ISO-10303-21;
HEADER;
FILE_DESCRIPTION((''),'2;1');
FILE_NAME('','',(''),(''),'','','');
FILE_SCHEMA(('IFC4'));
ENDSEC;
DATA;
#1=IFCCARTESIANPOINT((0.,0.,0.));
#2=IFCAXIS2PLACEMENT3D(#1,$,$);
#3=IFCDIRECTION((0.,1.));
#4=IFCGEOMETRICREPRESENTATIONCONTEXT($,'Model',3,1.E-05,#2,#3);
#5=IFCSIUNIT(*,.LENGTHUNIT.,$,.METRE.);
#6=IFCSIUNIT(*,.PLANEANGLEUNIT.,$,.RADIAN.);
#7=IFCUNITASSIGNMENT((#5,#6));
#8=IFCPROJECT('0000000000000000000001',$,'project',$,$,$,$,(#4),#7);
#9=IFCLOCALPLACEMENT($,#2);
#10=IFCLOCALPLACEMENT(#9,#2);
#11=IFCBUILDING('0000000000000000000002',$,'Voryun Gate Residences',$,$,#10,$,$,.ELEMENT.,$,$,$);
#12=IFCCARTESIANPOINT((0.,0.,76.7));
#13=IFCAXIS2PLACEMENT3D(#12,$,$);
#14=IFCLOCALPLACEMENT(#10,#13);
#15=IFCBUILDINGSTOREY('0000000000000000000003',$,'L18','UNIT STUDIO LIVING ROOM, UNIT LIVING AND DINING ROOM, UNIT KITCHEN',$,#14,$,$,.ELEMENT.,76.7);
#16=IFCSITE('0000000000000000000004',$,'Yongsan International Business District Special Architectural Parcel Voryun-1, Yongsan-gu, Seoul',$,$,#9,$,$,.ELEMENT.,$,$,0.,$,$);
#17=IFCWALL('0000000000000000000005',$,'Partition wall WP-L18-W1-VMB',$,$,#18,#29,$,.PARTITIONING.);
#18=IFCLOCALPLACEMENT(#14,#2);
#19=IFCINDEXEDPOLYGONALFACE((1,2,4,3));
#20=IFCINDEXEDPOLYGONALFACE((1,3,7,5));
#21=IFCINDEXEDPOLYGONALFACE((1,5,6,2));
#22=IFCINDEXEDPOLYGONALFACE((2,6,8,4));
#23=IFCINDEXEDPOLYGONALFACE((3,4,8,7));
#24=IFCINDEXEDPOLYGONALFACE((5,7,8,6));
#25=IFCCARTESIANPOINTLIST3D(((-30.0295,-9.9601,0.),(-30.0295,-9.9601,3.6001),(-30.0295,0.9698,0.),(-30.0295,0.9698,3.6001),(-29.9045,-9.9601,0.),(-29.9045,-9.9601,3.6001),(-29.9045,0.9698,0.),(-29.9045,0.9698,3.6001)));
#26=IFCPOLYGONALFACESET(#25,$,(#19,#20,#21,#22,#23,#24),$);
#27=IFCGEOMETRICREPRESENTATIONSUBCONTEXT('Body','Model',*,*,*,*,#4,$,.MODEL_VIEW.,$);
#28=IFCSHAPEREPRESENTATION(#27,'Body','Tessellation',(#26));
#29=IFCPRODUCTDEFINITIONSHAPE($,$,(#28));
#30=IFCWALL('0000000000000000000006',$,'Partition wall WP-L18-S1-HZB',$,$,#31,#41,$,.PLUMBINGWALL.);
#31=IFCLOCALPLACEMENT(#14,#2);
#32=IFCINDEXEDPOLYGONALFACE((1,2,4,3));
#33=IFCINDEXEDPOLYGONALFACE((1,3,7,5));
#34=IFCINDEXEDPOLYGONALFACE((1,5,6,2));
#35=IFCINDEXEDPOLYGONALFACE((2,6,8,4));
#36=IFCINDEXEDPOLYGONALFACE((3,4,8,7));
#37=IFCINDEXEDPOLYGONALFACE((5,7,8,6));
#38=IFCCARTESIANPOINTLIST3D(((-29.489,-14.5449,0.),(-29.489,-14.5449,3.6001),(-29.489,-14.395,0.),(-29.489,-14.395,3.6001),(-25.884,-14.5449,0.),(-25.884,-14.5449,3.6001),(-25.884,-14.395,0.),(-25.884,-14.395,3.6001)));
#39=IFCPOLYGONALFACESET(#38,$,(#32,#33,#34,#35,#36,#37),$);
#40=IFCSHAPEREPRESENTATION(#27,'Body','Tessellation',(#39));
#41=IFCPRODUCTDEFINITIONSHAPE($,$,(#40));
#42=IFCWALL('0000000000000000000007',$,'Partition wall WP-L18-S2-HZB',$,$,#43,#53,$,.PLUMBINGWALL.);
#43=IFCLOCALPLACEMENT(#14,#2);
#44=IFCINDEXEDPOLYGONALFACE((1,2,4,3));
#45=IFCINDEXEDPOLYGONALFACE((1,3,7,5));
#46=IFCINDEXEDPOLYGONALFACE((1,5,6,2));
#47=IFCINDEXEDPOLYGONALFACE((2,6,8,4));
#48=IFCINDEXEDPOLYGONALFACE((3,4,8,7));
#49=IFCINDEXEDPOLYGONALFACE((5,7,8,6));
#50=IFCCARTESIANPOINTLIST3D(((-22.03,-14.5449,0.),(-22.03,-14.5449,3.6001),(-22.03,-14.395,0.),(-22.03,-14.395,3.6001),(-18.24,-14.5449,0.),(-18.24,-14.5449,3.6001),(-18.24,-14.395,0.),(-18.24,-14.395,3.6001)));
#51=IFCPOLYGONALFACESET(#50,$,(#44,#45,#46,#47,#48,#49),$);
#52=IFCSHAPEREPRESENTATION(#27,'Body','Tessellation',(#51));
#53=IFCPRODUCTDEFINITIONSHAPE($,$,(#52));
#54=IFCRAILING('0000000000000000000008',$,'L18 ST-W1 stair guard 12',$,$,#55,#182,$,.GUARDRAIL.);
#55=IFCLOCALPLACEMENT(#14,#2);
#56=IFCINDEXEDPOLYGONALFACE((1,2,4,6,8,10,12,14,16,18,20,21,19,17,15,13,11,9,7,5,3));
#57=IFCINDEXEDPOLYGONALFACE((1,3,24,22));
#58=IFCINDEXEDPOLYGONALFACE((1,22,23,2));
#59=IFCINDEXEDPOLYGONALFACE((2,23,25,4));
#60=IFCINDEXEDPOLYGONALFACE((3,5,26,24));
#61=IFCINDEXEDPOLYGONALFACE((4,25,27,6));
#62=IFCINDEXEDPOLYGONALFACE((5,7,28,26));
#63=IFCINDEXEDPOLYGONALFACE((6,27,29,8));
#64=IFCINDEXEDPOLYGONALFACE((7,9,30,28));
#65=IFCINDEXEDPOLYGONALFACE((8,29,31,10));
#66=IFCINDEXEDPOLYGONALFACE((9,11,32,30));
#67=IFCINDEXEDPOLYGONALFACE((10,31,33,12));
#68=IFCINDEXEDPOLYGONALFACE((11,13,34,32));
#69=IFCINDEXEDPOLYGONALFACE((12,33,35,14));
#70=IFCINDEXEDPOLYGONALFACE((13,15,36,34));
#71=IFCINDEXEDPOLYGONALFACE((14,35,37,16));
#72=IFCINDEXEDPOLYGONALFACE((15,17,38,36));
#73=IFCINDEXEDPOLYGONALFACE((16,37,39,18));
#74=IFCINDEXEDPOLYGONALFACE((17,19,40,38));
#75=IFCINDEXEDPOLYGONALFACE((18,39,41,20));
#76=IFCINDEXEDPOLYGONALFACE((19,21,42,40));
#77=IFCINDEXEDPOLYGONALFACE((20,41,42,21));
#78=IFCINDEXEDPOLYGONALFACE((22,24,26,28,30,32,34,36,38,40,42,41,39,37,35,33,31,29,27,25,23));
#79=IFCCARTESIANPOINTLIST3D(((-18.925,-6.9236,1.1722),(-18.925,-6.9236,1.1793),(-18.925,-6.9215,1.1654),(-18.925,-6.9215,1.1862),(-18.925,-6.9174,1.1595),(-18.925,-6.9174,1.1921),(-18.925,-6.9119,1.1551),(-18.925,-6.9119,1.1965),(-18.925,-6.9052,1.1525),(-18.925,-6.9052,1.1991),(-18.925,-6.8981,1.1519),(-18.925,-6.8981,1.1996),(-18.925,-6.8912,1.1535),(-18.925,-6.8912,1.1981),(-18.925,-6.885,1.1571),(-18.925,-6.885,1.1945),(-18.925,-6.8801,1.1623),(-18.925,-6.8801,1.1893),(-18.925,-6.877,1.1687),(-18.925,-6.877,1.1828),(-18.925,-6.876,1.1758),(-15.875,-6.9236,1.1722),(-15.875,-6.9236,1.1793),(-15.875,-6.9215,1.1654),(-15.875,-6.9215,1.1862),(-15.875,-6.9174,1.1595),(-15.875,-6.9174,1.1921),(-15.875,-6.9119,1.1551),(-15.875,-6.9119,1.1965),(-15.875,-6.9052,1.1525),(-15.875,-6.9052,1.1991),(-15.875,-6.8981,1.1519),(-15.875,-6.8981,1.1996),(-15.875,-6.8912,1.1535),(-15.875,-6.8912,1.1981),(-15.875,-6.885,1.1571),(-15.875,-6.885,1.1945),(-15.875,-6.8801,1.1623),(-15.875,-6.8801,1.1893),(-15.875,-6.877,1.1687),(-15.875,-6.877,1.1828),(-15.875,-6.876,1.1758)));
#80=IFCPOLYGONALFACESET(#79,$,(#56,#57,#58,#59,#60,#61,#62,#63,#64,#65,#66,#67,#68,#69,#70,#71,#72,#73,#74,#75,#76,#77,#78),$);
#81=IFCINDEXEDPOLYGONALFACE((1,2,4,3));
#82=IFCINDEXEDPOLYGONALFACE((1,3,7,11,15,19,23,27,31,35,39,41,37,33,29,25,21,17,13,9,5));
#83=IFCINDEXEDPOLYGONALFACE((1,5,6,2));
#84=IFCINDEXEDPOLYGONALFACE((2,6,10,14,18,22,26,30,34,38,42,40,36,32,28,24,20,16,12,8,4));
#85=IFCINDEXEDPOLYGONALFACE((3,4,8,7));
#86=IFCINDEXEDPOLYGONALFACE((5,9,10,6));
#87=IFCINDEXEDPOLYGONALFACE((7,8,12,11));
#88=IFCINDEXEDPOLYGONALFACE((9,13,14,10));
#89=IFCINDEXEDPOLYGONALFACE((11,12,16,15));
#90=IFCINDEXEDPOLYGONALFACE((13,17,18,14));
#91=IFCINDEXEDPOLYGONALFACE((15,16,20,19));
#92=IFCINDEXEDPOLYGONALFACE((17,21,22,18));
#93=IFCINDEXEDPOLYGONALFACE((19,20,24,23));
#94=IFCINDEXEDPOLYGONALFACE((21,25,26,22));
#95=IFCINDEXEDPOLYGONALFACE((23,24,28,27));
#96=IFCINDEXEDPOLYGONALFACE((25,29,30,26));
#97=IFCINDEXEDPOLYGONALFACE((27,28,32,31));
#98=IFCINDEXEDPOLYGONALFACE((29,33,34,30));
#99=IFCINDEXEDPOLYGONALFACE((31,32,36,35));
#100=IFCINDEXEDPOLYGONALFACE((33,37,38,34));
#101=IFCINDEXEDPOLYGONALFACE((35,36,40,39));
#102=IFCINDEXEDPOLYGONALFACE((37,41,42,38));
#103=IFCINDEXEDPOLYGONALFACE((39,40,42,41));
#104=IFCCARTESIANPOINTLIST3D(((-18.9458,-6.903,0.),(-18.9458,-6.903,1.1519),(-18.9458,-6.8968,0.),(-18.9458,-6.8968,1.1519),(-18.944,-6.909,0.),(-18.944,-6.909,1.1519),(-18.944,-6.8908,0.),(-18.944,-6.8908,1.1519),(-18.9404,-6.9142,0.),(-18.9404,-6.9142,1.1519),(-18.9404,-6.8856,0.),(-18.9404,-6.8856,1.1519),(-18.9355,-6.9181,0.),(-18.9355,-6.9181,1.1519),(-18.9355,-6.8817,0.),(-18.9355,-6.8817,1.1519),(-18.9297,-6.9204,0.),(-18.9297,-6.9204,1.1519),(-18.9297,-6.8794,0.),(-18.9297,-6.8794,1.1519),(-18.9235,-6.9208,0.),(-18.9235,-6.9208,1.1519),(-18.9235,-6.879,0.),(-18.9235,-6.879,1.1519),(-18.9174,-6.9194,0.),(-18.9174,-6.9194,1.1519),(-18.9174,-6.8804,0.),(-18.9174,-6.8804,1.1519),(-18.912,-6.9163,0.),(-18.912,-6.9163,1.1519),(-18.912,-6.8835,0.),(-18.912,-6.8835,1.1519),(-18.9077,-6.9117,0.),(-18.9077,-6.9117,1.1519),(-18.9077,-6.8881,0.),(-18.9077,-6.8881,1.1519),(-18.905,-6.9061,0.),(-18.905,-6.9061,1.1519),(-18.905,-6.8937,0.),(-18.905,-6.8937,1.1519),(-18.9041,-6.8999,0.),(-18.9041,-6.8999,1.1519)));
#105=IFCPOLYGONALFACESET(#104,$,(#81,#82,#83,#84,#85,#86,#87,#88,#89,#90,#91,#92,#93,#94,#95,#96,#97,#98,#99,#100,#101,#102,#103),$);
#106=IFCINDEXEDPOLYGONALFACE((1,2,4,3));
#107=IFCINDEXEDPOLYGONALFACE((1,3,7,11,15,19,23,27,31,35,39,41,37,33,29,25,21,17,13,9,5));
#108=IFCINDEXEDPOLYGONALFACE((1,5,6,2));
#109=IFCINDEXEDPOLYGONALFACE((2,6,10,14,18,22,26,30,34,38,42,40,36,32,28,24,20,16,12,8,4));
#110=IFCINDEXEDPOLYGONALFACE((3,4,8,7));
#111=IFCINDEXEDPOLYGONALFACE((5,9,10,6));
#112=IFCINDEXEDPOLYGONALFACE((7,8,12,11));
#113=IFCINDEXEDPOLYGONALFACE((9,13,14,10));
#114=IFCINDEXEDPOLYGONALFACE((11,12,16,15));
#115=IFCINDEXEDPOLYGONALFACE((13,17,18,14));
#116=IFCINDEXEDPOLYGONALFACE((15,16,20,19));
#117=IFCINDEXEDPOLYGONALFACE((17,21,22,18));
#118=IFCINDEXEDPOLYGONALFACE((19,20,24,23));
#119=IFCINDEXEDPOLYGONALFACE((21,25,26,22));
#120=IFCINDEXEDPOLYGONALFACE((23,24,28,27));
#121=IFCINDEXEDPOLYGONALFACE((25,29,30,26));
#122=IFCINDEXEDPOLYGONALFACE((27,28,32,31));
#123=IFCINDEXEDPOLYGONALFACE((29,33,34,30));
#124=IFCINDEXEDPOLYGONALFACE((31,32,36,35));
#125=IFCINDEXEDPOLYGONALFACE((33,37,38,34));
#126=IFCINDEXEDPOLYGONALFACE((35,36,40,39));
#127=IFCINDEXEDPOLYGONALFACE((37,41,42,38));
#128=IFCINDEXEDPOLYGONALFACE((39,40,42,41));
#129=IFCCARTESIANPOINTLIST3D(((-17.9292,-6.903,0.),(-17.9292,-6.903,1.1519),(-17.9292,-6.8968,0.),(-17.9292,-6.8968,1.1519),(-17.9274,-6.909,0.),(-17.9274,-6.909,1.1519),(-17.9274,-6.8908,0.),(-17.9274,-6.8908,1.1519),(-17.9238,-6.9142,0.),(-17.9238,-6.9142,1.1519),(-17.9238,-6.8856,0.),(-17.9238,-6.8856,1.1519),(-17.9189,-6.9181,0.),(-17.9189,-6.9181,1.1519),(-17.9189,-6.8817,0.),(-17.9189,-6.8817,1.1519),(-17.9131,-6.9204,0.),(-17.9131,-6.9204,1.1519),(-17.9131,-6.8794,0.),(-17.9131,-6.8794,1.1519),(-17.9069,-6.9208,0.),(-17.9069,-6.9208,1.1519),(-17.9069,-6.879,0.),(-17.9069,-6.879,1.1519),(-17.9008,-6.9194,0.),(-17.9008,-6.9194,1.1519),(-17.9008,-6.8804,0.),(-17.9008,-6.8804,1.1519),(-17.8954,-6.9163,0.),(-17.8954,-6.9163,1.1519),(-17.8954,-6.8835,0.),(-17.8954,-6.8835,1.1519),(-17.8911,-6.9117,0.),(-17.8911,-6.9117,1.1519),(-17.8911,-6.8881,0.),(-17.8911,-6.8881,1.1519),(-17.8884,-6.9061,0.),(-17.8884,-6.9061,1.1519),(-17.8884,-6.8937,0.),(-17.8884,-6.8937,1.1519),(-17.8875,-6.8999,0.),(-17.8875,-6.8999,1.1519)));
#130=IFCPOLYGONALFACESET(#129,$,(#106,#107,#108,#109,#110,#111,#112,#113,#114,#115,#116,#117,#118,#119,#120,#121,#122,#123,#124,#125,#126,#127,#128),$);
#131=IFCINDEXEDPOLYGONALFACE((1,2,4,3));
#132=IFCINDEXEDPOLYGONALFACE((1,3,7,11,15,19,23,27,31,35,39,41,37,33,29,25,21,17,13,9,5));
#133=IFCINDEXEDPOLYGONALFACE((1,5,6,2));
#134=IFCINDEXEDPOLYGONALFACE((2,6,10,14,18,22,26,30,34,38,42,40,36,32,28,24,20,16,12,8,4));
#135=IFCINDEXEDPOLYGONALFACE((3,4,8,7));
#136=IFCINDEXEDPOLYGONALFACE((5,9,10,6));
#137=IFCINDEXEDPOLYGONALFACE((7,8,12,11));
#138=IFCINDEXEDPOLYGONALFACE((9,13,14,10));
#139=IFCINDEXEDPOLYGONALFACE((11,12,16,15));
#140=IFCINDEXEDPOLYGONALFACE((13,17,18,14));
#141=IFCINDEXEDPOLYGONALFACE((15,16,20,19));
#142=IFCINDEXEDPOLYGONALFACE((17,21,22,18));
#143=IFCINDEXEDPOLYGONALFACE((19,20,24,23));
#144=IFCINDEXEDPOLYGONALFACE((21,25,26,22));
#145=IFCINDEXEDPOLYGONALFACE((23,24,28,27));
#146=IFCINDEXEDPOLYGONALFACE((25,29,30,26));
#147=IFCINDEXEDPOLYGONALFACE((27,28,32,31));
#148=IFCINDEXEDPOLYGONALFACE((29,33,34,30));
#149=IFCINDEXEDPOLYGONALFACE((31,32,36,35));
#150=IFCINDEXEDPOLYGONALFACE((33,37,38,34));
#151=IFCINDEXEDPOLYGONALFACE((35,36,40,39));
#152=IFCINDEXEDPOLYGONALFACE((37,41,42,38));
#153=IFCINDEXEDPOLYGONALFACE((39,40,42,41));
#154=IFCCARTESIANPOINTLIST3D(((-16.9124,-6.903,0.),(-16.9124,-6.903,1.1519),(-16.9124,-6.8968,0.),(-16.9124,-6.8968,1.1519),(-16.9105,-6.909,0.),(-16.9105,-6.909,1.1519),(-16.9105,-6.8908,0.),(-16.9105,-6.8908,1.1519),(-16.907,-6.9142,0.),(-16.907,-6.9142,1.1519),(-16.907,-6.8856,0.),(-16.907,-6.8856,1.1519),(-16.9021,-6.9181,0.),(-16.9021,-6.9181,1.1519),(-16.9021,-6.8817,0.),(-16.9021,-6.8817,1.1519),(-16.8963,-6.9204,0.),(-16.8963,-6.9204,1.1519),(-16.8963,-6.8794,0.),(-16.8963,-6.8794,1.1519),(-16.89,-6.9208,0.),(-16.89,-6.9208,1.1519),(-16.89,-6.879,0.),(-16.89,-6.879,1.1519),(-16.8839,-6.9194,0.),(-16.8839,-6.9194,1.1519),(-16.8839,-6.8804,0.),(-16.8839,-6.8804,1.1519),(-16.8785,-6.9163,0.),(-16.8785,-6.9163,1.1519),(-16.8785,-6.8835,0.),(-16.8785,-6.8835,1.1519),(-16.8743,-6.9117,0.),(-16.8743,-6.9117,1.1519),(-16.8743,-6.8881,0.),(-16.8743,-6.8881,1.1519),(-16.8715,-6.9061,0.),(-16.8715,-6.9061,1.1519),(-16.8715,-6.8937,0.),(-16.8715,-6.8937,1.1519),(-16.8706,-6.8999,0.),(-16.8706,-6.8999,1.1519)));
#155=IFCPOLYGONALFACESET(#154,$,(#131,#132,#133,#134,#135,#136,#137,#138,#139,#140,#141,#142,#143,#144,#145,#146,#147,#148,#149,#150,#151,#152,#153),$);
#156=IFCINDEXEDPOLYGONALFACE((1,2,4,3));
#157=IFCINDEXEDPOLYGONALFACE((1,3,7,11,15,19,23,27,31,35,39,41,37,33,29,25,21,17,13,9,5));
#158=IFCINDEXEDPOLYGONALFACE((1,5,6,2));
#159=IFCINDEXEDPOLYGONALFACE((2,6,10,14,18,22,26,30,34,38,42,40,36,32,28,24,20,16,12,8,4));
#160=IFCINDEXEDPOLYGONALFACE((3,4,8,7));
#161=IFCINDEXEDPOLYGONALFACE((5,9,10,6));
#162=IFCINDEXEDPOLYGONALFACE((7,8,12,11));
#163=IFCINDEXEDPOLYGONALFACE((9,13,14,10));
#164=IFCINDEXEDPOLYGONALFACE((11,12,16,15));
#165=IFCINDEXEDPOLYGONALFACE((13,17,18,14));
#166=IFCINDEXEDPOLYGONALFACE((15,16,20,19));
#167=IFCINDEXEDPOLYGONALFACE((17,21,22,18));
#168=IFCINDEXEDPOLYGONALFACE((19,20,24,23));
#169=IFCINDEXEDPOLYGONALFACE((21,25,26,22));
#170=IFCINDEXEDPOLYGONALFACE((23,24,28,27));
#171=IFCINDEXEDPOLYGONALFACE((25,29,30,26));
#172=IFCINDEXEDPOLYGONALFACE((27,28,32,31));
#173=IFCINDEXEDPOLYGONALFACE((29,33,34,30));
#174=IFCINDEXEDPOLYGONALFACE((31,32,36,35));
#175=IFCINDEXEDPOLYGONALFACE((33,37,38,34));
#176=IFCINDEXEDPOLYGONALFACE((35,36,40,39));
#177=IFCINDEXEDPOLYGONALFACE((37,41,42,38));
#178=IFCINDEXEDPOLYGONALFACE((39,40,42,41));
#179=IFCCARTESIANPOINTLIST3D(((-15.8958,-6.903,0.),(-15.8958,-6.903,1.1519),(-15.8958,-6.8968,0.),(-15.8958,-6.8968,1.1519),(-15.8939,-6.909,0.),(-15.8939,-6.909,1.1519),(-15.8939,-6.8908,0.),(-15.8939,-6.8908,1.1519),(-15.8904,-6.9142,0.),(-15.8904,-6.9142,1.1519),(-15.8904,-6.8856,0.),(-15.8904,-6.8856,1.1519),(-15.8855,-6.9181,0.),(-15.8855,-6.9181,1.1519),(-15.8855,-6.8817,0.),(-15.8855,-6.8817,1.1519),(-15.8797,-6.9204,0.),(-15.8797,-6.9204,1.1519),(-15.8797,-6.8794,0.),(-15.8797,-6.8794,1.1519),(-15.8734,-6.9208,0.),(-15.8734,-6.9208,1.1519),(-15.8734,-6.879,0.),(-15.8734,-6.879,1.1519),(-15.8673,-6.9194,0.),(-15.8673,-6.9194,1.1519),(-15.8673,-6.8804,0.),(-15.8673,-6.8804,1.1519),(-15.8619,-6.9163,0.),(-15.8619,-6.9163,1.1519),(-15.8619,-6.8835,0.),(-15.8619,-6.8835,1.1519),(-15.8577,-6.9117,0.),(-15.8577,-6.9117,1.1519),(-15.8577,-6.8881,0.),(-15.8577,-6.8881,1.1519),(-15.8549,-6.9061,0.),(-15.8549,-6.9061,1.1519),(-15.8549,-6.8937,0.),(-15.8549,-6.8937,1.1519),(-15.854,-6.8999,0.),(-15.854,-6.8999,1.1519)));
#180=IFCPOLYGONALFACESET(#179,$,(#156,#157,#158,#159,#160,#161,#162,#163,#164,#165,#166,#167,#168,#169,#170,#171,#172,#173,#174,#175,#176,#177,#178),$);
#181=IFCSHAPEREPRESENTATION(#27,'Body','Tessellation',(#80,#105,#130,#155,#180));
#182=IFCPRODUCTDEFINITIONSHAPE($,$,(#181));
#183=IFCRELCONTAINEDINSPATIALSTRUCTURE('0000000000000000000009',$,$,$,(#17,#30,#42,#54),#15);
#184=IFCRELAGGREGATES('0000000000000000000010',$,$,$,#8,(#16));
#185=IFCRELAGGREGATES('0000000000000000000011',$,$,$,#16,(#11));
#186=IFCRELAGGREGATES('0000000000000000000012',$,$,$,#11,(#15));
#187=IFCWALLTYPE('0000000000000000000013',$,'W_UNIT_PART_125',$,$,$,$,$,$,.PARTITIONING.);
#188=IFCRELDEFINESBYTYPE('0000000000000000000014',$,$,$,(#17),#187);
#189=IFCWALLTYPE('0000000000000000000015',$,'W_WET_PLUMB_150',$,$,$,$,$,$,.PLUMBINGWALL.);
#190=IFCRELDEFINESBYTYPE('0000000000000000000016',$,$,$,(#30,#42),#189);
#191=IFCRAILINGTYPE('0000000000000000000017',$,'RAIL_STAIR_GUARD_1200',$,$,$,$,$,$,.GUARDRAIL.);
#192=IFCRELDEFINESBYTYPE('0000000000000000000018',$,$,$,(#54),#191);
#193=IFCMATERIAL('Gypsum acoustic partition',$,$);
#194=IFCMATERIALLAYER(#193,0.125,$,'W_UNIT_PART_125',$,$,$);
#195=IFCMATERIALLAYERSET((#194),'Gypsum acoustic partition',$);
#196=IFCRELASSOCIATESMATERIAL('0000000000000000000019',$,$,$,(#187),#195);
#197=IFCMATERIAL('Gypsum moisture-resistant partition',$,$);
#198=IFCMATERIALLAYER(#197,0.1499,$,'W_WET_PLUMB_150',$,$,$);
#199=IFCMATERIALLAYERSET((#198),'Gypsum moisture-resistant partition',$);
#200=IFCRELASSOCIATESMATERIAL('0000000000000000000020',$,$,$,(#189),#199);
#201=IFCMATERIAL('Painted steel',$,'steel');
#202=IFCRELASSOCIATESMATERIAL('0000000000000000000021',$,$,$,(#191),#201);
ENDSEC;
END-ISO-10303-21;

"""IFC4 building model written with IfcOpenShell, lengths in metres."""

from ifc_helpers import new_model, si_unit, direction, frame, frame_2d, origin, origin_2d, place, context, subcontext, project, spatial, rectangle, circle, extrude, material, layer, layer_set, type_object, element, save


model = new_model("IFC4")

# Units and contexts
model_context = context("Model", 3, precision=1e-05, world=origin(), true_north=direction((0.0, 1.0)))
body_context = subcontext(model_context, "Body", "Model", "MODEL_VIEW")
ifc_project = project(units=[si_unit("LENGTHUNIT", "METRE"), si_unit("PLANEANGLEUNIT", "RADIAN")], contexts=[model_context])

# Site, building, storey
site_placement = place(None, origin())
site = spatial("IfcSite", under=ifc_project, at=site_placement, Name="Yongsan International Business District Special Architectural Parcel Voryun-1, Yongsan-gu, Seoul", CompositionType="ELEMENT", RefElevation=0.0)
building_placement = place(site_placement, origin())
building = spatial("IfcBuilding", under=site, at=building_placement, Name="Voryun Gate Residences", CompositionType="ELEMENT")
storey_placement = place(building_placement, frame((0.0, 0.0, 76.7)))
storey = spatial("IfcBuildingStorey", under=building, at=storey_placement, Name="L18", Description="UNIT STUDIO LIVING ROOM, UNIT LIVING AND DINING ROOM, UNIT KITCHEN", CompositionType="ELEMENT", Elevation=76.7)

# Walls
ifc_material_1 = material(Name="Gypsum acoustic partition")
ifc_layer_1 = layer(ifc_material_1, 0.125, Name="W_UNIT_PART_125")
ifc_layer_set_1 = layer_set([ifc_layer_1], Name="Gypsum acoustic partition")
wall_type_1 = type_object("IfcWallType", Name="W_UNIT_PART_125", PredefinedType="PARTITIONING", material=ifc_layer_set_1)
for number, where, z_axis, x_axis, name in (
    (1, (-29.967, -9.96, 0.0), (0.0, 0.0, 1.0), (0.0, 1.0, 0.0), "Partition wall WP-L18-W1-VMB"),
):
    element("IfcWall", number, at=place(storey_placement, frame(where, z_axis=z_axis, x_axis=x_axis)), inside=storey, type_object=wall_type_1, Name=name, PredefinedType="PARTITIONING", context=body_context, shape_type="SweptSolid", body=[
        extrude(rectangle(XDim=10.9299, YDim=0.125, at=frame_2d((5.4648, 0.0))), origin(), (0.0, 0.0, 1.0), 3.6001),
    ])
ifc_material_2 = material(Name="Gypsum moisture-resistant partition")
ifc_layer_2 = layer(ifc_material_2, 0.1499, Name="W_WET_PLUMB_150")
ifc_layer_set_2 = layer_set([ifc_layer_2], Name="Gypsum moisture-resistant partition")
wall_type_2 = type_object("IfcWallType", Name="W_WET_PLUMB_150", PredefinedType="PLUMBINGWALL", material=ifc_layer_set_2)
wall_1_placement = place(storey_placement, frame((-29.489, -14.47, 0.0), z_axis=(0.0, 0.0, 1.0), x_axis=(1.0, 0.0, 0.0)))
element("IfcWall", 2, at=wall_1_placement, inside=storey, type_object=wall_type_2, Name="Partition wall WP-L18-S1-HZB", PredefinedType="PLUMBINGWALL", context=body_context, shape_type="SweptSolid", body=[
    extrude(rectangle(XDim=3.605, YDim=0.1499, at=frame_2d((1.8025, 0.0))), origin(), (0.0, 0.0, 1.0), 3.6001),
])
wall_2_placement = place(storey_placement, frame((-22.03, -14.47, 0.0), z_axis=(0.0, 0.0, 1.0), x_axis=(1.0, 0.0, 0.0)))
element("IfcWall", 3, at=wall_2_placement, inside=storey, type_object=wall_type_2, Name="Partition wall WP-L18-S2-HZB", PredefinedType="PLUMBINGWALL", context=body_context, shape_type="SweptSolid", body=[
    extrude(rectangle(XDim=3.79, YDim=0.1499, at=frame_2d((1.895, 0.0))), origin(), (0.0, 0.0, 1.0), 3.6001),
])

# Railing
ifc_material_3 = material(Name="Painted steel", Category="steel")
railing_type = type_object("IfcRailingType", Name="RAIL_STAIR_GUARD_1200", PredefinedType="GUARDRAIL", material=ifc_material_3)
railing_placement = place(storey_placement, frame((-18.925, -6.8999, 0.0)))
element("IfcRailing", 4, at=railing_placement, inside=storey, type_object=railing_type, Name="L18 ST-W1 stair guard 12", PredefinedType="GUARDRAIL", context=body_context, shape_type="SweptSolid", body=[
    extrude(circle(Radius=0.0239, at=origin_2d()), frame((0.0, 0.0, 1.1758), z_axis=(1.0, 0.0, 0.0), x_axis=(0.0, 1.0, 0.0)), (0.0, 0.0, 1.0), 3.05),
    extrude(circle(Radius=0.021, at=origin_2d()), origin(), (0.0, 0.0, 1.0), 1.1519),
    extrude(circle(Radius=0.021, at=origin_2d()), frame((1.0166, 0.0, 0.0)), (0.0, 0.0, 1.0), 1.1519),
    extrude(circle(Radius=0.021, at=origin_2d()), frame((2.0334, 0.0, 0.0)), (0.0, 0.0, 1.0), 1.1519),
    extrude(circle(Radius=0.021, at=origin_2d()), frame((3.05, 0.0, 0.0)), (0.0, 0.0, 1.0), 1.1519),
])

save(model, "model.ifc")
